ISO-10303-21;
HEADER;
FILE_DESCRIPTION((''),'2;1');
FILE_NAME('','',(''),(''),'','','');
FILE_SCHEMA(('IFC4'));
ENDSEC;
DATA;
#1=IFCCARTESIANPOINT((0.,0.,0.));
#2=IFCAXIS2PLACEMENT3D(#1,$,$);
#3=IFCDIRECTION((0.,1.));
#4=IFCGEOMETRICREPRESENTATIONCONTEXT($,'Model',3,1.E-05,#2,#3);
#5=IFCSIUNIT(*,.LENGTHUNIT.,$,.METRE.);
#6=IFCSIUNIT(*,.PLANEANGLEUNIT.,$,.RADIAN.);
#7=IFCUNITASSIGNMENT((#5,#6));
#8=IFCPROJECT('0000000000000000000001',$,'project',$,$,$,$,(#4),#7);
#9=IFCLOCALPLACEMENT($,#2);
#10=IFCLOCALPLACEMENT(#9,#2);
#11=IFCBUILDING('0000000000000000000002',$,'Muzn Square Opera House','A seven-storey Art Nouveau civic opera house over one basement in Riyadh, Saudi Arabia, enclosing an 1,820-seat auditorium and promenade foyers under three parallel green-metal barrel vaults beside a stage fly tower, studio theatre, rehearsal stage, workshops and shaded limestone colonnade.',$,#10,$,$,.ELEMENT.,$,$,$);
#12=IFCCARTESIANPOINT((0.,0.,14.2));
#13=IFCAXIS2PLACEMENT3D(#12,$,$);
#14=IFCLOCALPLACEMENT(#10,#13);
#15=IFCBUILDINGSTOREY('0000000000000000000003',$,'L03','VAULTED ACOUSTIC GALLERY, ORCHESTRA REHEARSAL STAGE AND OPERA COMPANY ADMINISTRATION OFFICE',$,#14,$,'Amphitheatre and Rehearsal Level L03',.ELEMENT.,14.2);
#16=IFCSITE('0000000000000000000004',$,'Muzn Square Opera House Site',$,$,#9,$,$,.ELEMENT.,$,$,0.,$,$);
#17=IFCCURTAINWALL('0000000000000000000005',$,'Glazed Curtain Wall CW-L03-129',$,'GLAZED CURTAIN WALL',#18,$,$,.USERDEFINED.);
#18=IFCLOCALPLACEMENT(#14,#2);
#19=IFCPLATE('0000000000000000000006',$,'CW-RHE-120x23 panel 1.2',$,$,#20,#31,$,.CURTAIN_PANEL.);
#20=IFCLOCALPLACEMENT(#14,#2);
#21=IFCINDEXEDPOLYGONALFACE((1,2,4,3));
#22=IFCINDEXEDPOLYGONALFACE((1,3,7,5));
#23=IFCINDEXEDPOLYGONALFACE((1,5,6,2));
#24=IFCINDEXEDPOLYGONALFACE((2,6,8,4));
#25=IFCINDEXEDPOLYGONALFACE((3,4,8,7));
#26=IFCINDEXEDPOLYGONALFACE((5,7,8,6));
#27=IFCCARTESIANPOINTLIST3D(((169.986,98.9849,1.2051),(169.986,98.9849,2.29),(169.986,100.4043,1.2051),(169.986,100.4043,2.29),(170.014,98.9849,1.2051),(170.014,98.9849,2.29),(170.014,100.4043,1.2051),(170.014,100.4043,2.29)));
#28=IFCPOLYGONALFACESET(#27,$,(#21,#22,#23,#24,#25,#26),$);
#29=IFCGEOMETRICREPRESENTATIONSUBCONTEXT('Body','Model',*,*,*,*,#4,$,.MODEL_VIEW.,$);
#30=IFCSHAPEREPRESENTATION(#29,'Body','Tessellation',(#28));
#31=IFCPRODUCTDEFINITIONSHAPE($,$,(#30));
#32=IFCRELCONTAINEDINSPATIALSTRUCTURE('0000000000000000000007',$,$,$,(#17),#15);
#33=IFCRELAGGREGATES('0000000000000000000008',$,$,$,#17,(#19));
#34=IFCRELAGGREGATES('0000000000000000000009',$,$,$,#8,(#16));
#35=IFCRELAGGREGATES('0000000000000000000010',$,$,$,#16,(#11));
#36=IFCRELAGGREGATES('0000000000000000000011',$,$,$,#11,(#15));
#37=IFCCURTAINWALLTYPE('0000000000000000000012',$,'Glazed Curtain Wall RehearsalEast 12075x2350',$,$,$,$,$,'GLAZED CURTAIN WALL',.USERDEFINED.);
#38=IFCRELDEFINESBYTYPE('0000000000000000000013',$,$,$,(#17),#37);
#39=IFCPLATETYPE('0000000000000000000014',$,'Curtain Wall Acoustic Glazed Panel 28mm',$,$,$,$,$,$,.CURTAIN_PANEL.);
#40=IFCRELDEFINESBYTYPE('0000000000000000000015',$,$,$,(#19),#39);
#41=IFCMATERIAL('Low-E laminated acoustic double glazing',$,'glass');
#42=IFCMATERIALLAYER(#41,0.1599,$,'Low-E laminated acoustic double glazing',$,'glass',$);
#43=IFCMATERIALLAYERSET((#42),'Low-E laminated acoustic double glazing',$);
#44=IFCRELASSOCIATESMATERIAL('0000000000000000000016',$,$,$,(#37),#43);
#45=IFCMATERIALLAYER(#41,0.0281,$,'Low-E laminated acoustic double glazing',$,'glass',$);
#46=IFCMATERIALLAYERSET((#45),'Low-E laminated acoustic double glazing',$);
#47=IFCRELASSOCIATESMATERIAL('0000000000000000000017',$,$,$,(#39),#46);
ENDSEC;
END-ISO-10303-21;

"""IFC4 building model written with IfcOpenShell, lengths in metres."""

from ifc_helpers import new_model, si_unit, direction, frame, origin, origin_2d, place, context, subcontext, project, spatial, rectangle, extrude, material, layer, layer_set, type_object, element, aggregate, save


model = new_model("IFC4")

# Units and contexts
model_context = context("Model", 3, precision=1e-05, world=origin(), true_north=direction((0.0, 1.0)))
body_context = subcontext(model_context, "Body", "Model", "MODEL_VIEW")
ifc_project = project(units=[si_unit("LENGTHUNIT", "METRE"), si_unit("PLANEANGLEUNIT", "RADIAN")], contexts=[model_context])

# Site, building, storey
site_placement = place(None, origin())
site = spatial("IfcSite", under=ifc_project, at=site_placement, Name="Muzn Square Opera House Site", CompositionType="ELEMENT", RefElevation=0.0)
building_placement = place(site_placement, origin())
building = spatial("IfcBuilding", under=site, at=building_placement, Name="Muzn Square Opera House", Description="A seven-storey Art Nouveau civic opera house over one basement in Riyadh, Saudi Arabia, enclosing an 1,820-seat auditorium and promenade foyers under three parallel green-metal barrel vaults beside a stage fly tower, studio theatre, rehearsal stage, workshops and shaded limestone colonnade.", CompositionType="ELEMENT")
storey_placement = place(building_placement, frame((0.0, 0.0, 14.2)))
storey = spatial("IfcBuildingStorey", under=building, at=storey_placement, Name="L03", Description="VAULTED ACOUSTIC GALLERY, ORCHESTRA REHEARSAL STAGE AND OPERA COMPANY ADMINISTRATION OFFICE", LongName="Amphitheatre and Rehearsal Level L03", CompositionType="ELEMENT", Elevation=14.2)

# Curtain wall
ifc_material_1 = material(Name="Low-E laminated acoustic double glazing", Category="glass")
ifc_layer_1 = layer(ifc_material_1, 0.1599, Name="Low-E laminated acoustic double glazing", Category="glass")
ifc_layer_set_1 = layer_set([ifc_layer_1], Name="Low-E laminated acoustic double glazing")
curtain_wall_type_1 = type_object("IfcCurtainWallType", Name="Glazed Curtain Wall RehearsalEast 12075x2350", ElementType="GLAZED CURTAIN WALL", PredefinedType="USERDEFINED", material=ifc_layer_set_1)
curtain_wall_1_placement = place(storey_placement, origin())
curtain_wall_1 = element("IfcCurtainWall", 1, at=curtain_wall_1_placement, inside=storey, type_object=curtain_wall_type_1, Name="Glazed Curtain Wall CW-L03-129", ObjectType="GLAZED CURTAIN WALL", PredefinedType="USERDEFINED")

# Plate
ifc_layer_2 = layer(ifc_material_1, 0.0281, Name="Low-E laminated acoustic double glazing", Category="glass")
ifc_layer_set_2 = layer_set([ifc_layer_2], Name="Low-E laminated acoustic double glazing")
plate_type = type_object("IfcPlateType", Name="Curtain Wall Acoustic Glazed Panel 28mm", PredefinedType="CURTAIN_PANEL", material=ifc_layer_set_2)
plate_1_placement = place(storey_placement, frame((170.0, 99.6946, 1.2051), z_axis=(0.0, 0.0, 1.0), x_axis=(0.0, 1.0, 0.0)))
plate_1 = element("IfcPlate", 2, at=plate_1_placement, type_object=plate_type, Name="CW-RHE-120x23 panel 1.2", PredefinedType="CURTAIN_PANEL", context=body_context, shape_type="SweptSolid", body=[
    extrude(rectangle(XDim=1.4194, YDim=0.0281, at=origin_2d()), origin(), (0.0, 0.0, 1.0), 1.085),
])
aggregate(curtain_wall_1, [plate_1])

save(model, "model.ifc")
